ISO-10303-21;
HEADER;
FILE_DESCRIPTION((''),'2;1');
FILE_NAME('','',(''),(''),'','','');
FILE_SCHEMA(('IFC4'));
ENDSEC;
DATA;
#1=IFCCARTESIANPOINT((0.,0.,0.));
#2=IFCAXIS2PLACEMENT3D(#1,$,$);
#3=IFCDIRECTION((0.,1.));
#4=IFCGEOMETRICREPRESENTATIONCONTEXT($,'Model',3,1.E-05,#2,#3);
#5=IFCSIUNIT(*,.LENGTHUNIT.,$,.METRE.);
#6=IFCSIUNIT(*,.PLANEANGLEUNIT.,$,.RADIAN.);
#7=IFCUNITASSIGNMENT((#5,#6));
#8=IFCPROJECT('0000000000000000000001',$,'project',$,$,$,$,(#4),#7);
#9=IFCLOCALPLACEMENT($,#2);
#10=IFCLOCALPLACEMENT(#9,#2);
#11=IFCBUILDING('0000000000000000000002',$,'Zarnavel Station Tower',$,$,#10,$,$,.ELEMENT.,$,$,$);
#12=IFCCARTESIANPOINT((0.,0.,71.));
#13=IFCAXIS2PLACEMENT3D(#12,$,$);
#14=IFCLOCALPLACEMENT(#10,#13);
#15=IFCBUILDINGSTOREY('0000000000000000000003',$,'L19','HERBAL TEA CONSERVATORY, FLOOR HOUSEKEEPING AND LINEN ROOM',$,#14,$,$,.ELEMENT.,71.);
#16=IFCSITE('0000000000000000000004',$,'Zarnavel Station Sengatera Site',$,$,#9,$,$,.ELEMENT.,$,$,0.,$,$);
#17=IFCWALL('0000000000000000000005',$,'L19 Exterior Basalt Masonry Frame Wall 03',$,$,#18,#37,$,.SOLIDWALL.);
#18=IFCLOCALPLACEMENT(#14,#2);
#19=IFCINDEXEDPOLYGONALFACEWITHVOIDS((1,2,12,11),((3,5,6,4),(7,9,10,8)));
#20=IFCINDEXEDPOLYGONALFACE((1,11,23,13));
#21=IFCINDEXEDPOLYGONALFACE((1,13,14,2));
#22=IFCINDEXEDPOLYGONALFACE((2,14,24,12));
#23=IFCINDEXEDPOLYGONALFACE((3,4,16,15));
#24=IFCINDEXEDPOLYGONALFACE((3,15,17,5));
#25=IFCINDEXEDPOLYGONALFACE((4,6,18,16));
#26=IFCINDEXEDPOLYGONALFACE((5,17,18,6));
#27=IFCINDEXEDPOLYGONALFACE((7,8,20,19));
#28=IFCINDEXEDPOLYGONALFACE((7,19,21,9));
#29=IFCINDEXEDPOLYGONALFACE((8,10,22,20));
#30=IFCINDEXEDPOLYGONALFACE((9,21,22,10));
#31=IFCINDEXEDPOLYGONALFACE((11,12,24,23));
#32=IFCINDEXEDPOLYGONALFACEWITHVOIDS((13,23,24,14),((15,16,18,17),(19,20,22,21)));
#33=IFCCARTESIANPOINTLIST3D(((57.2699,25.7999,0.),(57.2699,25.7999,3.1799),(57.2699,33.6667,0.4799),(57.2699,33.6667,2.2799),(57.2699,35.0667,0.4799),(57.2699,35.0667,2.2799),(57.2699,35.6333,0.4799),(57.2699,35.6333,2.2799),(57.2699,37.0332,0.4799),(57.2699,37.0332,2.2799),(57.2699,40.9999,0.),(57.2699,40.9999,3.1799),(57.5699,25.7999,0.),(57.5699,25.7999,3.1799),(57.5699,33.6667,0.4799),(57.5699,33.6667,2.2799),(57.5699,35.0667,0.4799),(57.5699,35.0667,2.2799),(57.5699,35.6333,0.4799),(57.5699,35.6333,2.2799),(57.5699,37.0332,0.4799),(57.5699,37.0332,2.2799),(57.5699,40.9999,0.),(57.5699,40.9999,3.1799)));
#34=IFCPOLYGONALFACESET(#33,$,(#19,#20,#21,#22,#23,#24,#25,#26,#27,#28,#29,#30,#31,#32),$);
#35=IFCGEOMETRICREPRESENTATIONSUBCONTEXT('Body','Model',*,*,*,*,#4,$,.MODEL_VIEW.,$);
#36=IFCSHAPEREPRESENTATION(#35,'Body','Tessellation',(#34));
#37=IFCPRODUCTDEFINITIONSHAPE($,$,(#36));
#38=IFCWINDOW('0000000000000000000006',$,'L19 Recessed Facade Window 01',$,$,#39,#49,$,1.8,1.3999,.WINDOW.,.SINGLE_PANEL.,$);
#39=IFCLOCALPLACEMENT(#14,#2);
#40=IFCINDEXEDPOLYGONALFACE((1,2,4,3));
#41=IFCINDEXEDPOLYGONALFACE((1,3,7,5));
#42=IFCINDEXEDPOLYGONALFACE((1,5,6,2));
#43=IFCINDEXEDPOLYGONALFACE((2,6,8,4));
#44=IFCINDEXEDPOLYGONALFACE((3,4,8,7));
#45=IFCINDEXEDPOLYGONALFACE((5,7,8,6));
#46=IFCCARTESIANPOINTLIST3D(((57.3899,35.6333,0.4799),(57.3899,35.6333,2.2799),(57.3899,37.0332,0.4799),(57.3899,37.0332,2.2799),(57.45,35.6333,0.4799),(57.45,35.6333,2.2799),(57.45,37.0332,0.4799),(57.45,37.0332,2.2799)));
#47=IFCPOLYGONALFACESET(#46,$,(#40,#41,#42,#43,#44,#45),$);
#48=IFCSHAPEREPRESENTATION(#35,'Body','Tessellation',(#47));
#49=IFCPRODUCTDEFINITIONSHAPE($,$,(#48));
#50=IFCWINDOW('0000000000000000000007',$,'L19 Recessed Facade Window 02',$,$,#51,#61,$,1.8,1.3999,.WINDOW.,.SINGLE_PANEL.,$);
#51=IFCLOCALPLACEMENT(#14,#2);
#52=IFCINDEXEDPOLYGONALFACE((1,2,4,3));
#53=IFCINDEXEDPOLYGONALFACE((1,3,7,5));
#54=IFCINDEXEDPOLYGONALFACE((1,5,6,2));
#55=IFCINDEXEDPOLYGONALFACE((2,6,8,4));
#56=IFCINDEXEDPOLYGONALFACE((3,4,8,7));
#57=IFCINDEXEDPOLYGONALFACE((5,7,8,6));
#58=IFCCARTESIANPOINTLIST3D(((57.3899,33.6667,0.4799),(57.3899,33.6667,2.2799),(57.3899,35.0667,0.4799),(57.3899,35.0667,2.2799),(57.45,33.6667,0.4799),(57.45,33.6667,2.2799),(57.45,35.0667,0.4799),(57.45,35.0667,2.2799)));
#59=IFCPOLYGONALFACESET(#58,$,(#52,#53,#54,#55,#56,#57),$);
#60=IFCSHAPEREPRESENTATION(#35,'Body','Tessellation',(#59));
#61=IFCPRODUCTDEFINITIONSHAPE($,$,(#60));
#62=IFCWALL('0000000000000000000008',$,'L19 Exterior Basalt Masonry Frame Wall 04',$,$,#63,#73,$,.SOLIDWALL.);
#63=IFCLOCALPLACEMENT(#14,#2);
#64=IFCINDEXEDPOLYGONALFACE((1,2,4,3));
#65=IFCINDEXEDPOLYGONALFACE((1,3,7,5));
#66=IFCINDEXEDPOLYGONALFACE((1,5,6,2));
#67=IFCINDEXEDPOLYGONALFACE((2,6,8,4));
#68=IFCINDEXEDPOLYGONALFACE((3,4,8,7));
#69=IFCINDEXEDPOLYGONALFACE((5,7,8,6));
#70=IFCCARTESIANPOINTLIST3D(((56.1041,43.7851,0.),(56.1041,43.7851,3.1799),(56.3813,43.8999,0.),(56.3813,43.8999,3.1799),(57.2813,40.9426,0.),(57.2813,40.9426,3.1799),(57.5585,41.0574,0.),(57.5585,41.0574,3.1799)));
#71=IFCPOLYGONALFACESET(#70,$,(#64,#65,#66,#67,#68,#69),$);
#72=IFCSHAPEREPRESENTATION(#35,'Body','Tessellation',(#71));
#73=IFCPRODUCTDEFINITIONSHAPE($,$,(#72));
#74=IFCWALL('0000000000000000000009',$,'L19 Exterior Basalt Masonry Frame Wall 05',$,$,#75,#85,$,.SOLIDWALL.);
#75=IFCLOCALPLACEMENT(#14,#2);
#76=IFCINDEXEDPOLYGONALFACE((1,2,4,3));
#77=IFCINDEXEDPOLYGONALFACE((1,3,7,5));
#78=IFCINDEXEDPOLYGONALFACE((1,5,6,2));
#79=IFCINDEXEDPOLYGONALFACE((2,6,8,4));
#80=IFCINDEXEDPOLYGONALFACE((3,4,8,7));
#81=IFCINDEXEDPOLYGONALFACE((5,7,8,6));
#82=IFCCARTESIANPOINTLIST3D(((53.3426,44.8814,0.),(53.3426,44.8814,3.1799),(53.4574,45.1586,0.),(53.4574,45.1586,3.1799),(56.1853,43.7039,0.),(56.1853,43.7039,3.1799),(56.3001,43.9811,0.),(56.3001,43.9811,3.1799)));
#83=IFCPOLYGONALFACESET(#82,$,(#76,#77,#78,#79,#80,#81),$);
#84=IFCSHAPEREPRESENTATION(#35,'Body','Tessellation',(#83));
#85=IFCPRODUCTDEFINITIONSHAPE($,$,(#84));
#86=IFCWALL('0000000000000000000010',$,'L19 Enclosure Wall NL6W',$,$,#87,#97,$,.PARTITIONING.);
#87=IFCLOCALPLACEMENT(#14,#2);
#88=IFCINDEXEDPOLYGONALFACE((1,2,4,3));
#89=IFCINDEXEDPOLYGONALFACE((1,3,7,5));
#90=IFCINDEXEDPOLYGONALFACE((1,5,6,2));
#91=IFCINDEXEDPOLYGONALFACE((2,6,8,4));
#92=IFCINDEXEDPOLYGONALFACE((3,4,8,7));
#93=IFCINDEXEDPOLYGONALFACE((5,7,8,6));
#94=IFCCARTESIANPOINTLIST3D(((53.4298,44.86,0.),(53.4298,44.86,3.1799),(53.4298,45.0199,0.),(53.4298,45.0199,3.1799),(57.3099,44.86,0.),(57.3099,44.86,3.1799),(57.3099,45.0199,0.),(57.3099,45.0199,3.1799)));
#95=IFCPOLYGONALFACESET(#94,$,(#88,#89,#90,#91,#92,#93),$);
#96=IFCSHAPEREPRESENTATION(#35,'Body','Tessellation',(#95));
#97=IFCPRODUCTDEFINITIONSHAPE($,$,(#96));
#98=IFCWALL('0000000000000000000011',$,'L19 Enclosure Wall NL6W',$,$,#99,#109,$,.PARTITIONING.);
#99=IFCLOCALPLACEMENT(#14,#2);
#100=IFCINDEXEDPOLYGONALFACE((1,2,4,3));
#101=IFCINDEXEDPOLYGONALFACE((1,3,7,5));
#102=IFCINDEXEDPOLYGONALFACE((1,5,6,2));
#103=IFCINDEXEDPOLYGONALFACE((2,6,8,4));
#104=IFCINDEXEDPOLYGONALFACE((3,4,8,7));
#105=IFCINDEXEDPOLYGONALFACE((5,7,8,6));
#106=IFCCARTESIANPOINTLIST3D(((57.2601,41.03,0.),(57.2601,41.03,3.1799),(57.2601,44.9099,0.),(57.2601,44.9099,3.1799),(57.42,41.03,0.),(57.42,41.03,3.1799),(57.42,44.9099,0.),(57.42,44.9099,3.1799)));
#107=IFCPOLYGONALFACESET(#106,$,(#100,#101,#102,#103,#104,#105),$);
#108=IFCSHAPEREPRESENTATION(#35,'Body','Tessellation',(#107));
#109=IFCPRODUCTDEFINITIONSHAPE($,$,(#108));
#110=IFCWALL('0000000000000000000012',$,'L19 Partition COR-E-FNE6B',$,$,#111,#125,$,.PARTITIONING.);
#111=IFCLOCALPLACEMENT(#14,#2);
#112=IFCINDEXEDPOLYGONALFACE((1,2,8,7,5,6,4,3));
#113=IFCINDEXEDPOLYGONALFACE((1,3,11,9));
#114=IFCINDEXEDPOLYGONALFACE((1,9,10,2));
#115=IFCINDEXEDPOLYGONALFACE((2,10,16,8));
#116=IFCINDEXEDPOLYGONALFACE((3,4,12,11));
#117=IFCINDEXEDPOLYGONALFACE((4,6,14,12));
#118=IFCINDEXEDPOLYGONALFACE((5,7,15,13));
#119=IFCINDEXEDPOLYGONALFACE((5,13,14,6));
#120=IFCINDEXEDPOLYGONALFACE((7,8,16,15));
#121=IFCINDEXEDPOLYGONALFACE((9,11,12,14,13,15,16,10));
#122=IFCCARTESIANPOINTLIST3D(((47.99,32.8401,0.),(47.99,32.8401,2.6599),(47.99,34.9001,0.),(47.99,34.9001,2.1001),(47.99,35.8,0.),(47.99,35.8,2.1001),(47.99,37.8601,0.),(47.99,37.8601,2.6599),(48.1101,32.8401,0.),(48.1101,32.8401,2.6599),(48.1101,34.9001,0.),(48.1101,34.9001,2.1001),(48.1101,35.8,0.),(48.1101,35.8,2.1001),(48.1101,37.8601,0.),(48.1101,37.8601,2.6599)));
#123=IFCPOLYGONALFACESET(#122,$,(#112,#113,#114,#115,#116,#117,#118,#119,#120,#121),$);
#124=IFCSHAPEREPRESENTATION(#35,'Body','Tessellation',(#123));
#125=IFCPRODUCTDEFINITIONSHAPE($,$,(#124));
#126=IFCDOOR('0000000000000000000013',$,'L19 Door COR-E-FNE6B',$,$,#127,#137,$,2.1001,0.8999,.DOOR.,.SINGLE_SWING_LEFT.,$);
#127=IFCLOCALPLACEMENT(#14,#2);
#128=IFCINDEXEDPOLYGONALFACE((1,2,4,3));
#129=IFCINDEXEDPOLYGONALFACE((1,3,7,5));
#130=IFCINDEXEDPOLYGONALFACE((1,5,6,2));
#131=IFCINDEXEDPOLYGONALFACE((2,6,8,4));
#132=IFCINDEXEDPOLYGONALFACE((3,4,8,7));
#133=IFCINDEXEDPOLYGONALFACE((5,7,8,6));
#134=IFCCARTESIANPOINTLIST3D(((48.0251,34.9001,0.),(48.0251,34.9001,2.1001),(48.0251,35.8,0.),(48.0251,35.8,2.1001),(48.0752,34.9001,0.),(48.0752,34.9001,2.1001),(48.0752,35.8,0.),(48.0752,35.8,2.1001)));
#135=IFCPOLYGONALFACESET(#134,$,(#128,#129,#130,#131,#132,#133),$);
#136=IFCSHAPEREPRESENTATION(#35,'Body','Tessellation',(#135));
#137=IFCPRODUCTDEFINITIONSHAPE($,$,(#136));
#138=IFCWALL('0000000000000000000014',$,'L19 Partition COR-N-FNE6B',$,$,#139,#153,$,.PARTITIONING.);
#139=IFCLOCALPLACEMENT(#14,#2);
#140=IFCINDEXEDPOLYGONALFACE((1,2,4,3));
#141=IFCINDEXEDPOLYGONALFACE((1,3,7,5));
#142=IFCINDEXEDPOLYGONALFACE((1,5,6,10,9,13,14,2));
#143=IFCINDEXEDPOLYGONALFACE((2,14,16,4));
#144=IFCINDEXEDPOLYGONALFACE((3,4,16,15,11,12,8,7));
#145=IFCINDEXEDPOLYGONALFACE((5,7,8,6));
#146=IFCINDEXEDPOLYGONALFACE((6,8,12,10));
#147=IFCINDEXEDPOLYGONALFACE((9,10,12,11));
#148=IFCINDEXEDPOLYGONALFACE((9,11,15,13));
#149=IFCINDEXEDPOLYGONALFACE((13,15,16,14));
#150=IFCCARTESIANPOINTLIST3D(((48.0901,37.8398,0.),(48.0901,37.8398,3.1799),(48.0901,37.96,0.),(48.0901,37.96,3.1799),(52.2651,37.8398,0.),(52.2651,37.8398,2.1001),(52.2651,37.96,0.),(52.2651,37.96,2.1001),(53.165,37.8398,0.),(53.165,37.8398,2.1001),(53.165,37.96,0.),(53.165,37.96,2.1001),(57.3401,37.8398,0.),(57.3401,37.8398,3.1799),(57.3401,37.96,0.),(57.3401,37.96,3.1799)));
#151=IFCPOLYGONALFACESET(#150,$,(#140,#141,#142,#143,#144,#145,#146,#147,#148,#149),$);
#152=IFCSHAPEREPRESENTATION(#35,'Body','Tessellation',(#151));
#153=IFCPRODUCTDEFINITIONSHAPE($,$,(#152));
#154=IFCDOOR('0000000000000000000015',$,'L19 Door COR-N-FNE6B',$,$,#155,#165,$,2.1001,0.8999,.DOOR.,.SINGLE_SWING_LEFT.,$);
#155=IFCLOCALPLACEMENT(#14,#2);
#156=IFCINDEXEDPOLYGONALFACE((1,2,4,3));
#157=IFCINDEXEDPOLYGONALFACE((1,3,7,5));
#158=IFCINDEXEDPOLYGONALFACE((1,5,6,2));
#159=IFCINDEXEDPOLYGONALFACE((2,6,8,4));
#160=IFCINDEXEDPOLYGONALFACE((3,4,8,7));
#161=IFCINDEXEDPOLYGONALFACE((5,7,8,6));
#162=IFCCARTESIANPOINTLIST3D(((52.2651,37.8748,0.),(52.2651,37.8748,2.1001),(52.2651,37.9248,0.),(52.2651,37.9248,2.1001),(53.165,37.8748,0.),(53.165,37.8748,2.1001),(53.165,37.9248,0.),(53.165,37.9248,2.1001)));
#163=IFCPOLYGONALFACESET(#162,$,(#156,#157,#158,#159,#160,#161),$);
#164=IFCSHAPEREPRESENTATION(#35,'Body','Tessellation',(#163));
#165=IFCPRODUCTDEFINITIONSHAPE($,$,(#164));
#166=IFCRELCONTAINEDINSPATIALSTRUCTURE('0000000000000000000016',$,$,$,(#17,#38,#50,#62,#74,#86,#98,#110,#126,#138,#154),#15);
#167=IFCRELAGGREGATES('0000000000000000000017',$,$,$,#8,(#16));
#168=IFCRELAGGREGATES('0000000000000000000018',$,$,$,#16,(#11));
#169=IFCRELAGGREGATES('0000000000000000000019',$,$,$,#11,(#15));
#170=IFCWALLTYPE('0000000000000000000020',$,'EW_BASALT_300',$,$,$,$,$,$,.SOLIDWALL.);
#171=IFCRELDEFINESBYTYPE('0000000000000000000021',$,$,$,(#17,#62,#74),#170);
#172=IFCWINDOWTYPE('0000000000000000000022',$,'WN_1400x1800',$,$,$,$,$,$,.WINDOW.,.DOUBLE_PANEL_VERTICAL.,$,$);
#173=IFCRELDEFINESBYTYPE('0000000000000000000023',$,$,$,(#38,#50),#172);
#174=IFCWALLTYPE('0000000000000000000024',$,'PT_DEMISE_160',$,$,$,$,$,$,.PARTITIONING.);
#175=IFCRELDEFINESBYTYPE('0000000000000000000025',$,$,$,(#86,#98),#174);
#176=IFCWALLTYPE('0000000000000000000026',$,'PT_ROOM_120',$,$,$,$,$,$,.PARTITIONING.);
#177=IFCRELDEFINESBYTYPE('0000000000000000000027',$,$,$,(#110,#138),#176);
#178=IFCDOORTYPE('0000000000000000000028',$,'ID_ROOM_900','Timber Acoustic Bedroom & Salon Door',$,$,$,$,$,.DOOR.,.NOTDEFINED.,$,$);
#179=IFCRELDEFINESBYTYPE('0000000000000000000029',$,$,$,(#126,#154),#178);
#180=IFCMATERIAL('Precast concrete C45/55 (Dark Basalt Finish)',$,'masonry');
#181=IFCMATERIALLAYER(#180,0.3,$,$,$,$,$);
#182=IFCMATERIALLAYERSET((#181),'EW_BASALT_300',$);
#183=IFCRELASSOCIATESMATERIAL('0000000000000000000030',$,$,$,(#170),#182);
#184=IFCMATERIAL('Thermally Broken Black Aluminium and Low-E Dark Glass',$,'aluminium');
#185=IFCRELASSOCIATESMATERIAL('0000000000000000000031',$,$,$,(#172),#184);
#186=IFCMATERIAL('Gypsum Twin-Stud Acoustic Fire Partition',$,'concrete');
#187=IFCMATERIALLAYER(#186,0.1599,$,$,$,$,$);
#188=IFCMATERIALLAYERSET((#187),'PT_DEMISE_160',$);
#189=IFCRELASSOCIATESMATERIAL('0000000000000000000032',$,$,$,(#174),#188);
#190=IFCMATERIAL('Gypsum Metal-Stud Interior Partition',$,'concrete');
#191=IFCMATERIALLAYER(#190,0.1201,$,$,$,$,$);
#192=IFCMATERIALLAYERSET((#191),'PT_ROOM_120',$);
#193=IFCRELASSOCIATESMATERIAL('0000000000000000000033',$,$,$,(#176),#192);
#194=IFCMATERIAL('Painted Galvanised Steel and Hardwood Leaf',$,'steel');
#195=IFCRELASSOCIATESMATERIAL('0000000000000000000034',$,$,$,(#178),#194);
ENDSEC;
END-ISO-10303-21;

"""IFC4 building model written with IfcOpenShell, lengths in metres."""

from ifc_helpers import new_model, si_unit, direction, frame, frame_2d, origin, place, context, subcontext, project, spatial, rectangle, extrude, material, layer, layer_set, type_object, element, fill, save


model = new_model("IFC4")

# Units and contexts
model_context = context("Model", 3, precision=1e-05, world=origin(), true_north=direction((0.0, 1.0)))
body_context = subcontext(model_context, "Body", "Model", "MODEL_VIEW")
ifc_project = project(units=[si_unit("LENGTHUNIT", "METRE"), si_unit("PLANEANGLEUNIT", "RADIAN")], contexts=[model_context])

# Site, building, storey
site_placement = place(None, origin())
site = spatial("IfcSite", under=ifc_project, at=site_placement, Name="Zarnavel Station Sengatera Site", CompositionType="ELEMENT", RefElevation=0.0)
building_placement = place(site_placement, origin())
building = spatial("IfcBuilding", under=site, at=building_placement, Name="Zarnavel Station Tower", CompositionType="ELEMENT")
storey_placement = place(building_placement, frame((0.0, 0.0, 71.0)))
storey = spatial("IfcBuildingStorey", under=building, at=storey_placement, Name="L19", Description="HERBAL TEA CONSERVATORY, FLOOR HOUSEKEEPING AND LINEN ROOM", CompositionType="ELEMENT", Elevation=71.0)

# Wall, openings, windows
ifc_material_1 = material(Name="Precast concrete C45/55 (Dark Basalt Finish)", Category="masonry")
ifc_layer_1 = layer(ifc_material_1, 0.3)
ifc_layer_set_1 = layer_set([ifc_layer_1], Name="EW_BASALT_300")
wall_type_1 = type_object("IfcWallType", Name="EW_BASALT_300", PredefinedType="SOLIDWALL", material=ifc_layer_set_1)
wall_1_placement = place(storey_placement, frame((57.4199, 41.0, 0.0), z_axis=(0.0, 0.0, 1.0), x_axis=(0.0, -1.0, 0.0)))
wall_1 = element("IfcWall", 1, at=wall_1_placement, inside=storey, type_object=wall_type_1, Name="L19 Exterior Basalt Masonry Frame Wall 03", PredefinedType="SOLIDWALL", context=body_context, shape_type="SweptSolid", body=[
    extrude(rectangle(XDim=15.2, YDim=0.3, at=frame_2d((7.6001, 0.0))), origin(), (0.0, 0.0, 1.0), 3.1799),
])
opening_1_placement = place(wall_1_placement, frame((3.9668, 0.0, 0.48)))
opening_1 = element("IfcOpeningElement", 2, at=opening_1_placement, cuts=wall_1, PredefinedType="OPENING", context=body_context, shape_type="SweptSolid", body=[
    extrude(rectangle(XDim=1.3999, YDim=1.8, at=frame_2d((0.7, 0.8999))), frame((0.0, 0.1599, 0.0), z_axis=(0.0, -1.0, 0.0), x_axis=(1.0, 0.0, 0.0)), (0.0, 0.0, 1.0), 0.3201),
])
opening_2_placement = place(wall_1_placement, frame((5.9333, 0.0, 0.48)))
opening_2 = element("IfcOpeningElement", 3, at=opening_2_placement, cuts=wall_1, PredefinedType="OPENING", context=body_context, shape_type="SweptSolid", body=[
    extrude(rectangle(XDim=1.3999, YDim=1.8, at=frame_2d((0.7, 0.8999))), frame((0.0, 0.1599, 0.0), z_axis=(0.0, -1.0, 0.0), x_axis=(1.0, 0.0, 0.0)), (0.0, 0.0, 1.0), 0.3201),
])
ifc_material_2 = material(Name="Thermally Broken Black Aluminium and Low-E Dark Glass", Category="aluminium")
window_type = type_object("IfcWindowType", Name="WN_1400x1800", PartitioningType="DOUBLE_PANEL_VERTICAL", PredefinedType="WINDOW", material=ifc_material_2)
window_1_placement = place(opening_1_placement, origin())
window_1 = element("IfcWindow", 4, at=window_1_placement, inside=storey, type_object=window_type, Name="L19 Recessed Facade Window 01", OverallHeight=1.8, OverallWidth=1.3999, PartitioningType="SINGLE_PANEL", PredefinedType="WINDOW", context=body_context, shape_type="SweptSolid", body=[
    extrude(rectangle(XDim=1.3999, YDim=1.8, at=frame_2d((0.7, 0.8999))), frame((0.0, 0.03, 0.0), z_axis=(0.0, -1.0, 0.0), x_axis=(1.0, 0.0, 0.0)), (0.0, 0.0, 1.0), 0.0601),
])
fill(opening_1, window_1)
window_2_placement = place(opening_2_placement, origin())
window_2 = element("IfcWindow", 5, at=window_2_placement, inside=storey, type_object=window_type, Name="L19 Recessed Facade Window 02", OverallHeight=1.8, OverallWidth=1.3999, PartitioningType="SINGLE_PANEL", PredefinedType="WINDOW", context=body_context, shape_type="SweptSolid", body=[
    extrude(rectangle(XDim=1.3999, YDim=1.8, at=frame_2d((0.7, 0.8999))), frame((0.0, 0.03, 0.0), z_axis=(0.0, -1.0, 0.0), x_axis=(1.0, 0.0, 0.0)), (0.0, 0.0, 1.0), 0.0601),
])
fill(opening_2, window_2)

# Walls
wall_2_placement = place(storey_placement, frame((56.2427, 43.8425, 0.0), z_axis=(0.0, 0.0, 1.0), x_axis=(0.382637, -0.923899, 0.0)))
element("IfcWall", 6, at=wall_2_placement, inside=storey, type_object=wall_type_1, Name="L19 Exterior Basalt Masonry Frame Wall 04", PredefinedType="SOLIDWALL", context=body_context, shape_type="SweptSolid", body=[
    extrude(rectangle(XDim=3.0767, YDim=0.3, at=frame_2d((1.5383, 0.0))), origin(), (0.0, 0.0, 1.0), 3.1799),
])
wall_3_placement = place(storey_placement, frame((53.3999, 45.02, 0.0), z_axis=(0.0, 0.0, 1.0), x_axis=(0.923882, -0.382676, 0.0)))
element("IfcWall", 7, at=wall_3_placement, inside=storey, type_object=wall_type_1, Name="L19 Exterior Basalt Masonry Frame Wall 05", PredefinedType="SOLIDWALL", context=body_context, shape_type="SweptSolid", body=[
    extrude(rectangle(XDim=3.0769, YDim=0.3, at=frame_2d((1.5386, 0.0))), origin(), (0.0, 0.0, 1.0), 3.1799),
])
ifc_material_3 = material(Name="Gypsum Twin-Stud Acoustic Fire Partition", Category="concrete")
ifc_layer_2 = layer(ifc_material_3, 0.1599)
ifc_layer_set_2 = layer_set([ifc_layer_2], Name="PT_DEMISE_160")
wall_type_2 = type_object("IfcWallType", Name="PT_DEMISE_160", PredefinedType="PARTITIONING", material=ifc_layer_set_2)
wall_4_placement = place(storey_placement, frame((53.4299, 44.9399, 0.0), z_axis=(0.0, 0.0, 1.0), x_axis=(1.0, 0.0, 0.0)))
element("IfcWall", 8, at=wall_4_placement, inside=storey, type_object=wall_type_2, Name="L19 Enclosure Wall NL6W", PredefinedType="PARTITIONING", context=body_context, shape_type="SweptSolid", body=[
    extrude(rectangle(XDim=3.8801, YDim=0.1599, at=frame_2d((1.9399, 0.0))), origin(), (0.0, 0.0, 1.0), 3.1799),
])
wall_5_placement = place(storey_placement, frame((57.3401, 41.03, 0.0), z_axis=(0.0, 0.0, 1.0), x_axis=(0.0, 1.0, 0.0)))
element("IfcWall", 9, at=wall_5_placement, inside=storey, type_object=wall_type_2, Name="L19 Enclosure Wall NL6W", PredefinedType="PARTITIONING", context=body_context, shape_type="SweptSolid", body=[
    extrude(rectangle(XDim=3.8799, YDim=0.1599, at=frame_2d((1.9399, 0.0))), origin(), (0.0, 0.0, 1.0), 3.1799),
])

# Walls, openings, doors
ifc_material_4 = material(Name="Gypsum Metal-Stud Interior Partition", Category="concrete")
ifc_layer_3 = layer(ifc_material_4, 0.1201)
ifc_layer_set_3 = layer_set([ifc_layer_3], Name="PT_ROOM_120")
wall_type_3 = type_object("IfcWallType", Name="PT_ROOM_120", PredefinedType="PARTITIONING", material=ifc_layer_set_3)
wall_6_placement = place(storey_placement, frame((48.05, 32.8401, 0.0), z_axis=(0.0, 0.0, 1.0), x_axis=(0.0, 1.0, 0.0)))
wall_6 = element("IfcWall", 10, at=wall_6_placement, inside=storey, type_object=wall_type_3, Name="L19 Partition COR-E-FNE6B", PredefinedType="PARTITIONING", context=body_context, shape_type="SweptSolid", body=[
    extrude(rectangle(XDim=5.02, YDim=0.1201, at=frame_2d((2.51, 0.0))), origin(), (0.0, 0.0, 1.0), 2.6599),
])
opening_3_placement = place(wall_6_placement, frame((2.0601, 0.0, 0.0)))
opening_3 = element("IfcOpeningElement", 11, at=opening_3_placement, cuts=wall_6, PredefinedType="OPENING", context=body_context, shape_type="SweptSolid", body=[
    extrude(rectangle(XDim=0.8999, YDim=2.1001, at=frame_2d((0.45, 1.05))), frame((0.0, 0.0701, 0.0), z_axis=(0.0, -1.0, 0.0), x_axis=(1.0, 0.0, 0.0)), (0.0, 0.0, 1.0), 0.1401),
])
ifc_material_5 = material(Name="Painted Galvanised Steel and Hardwood Leaf", Category="steel")
door_type_1 = type_object("IfcDoorType", Name="ID_ROOM_900", Description="Timber Acoustic Bedroom & Salon Door", OperationType="NOTDEFINED", PredefinedType="DOOR", material=ifc_material_5)
door_1_placement = place(opening_3_placement, origin())
door_1 = element("IfcDoor", 12, at=door_1_placement, inside=storey, type_object=door_type_1, Name="L19 Door COR-E-FNE6B", OperationType="SINGLE_SWING_LEFT", OverallHeight=2.1001, OverallWidth=0.8999, PredefinedType="DOOR", context=body_context, shape_type="SweptSolid", body=[
    extrude(rectangle(XDim=0.8999, YDim=2.1001, at=frame_2d((0.45, 1.05))), frame((0.0, 0.0249, 0.0), z_axis=(0.0, -1.0, 0.0), x_axis=(1.0, 0.0, 0.0)), (0.0, 0.0, 1.0), 0.05),
])
fill(opening_3, door_1)
wall_7_placement = place(storey_placement, frame((48.0901, 37.8999, 0.0), z_axis=(0.0, 0.0, 1.0), x_axis=(1.0, 0.0, 0.0)))
wall_7 = element("IfcWall", 13, at=wall_7_placement, inside=storey, type_object=wall_type_3, Name="L19 Partition COR-N-FNE6B", PredefinedType="PARTITIONING", context=body_context, shape_type="SweptSolid", body=[
    extrude(rectangle(XDim=9.25, YDim=0.1201, at=frame_2d((4.625, 0.0))), origin(), (0.0, 0.0, 1.0), 3.1799),
])
opening_4_placement = place(wall_7_placement, frame((4.175, 0.0, 0.0)))
opening_4 = element("IfcOpeningElement", 14, at=opening_4_placement, cuts=wall_7, PredefinedType="OPENING", context=body_context, shape_type="SweptSolid", body=[
    extrude(rectangle(XDim=0.8999, YDim=2.1001, at=frame_2d((0.45, 1.05))), frame((0.0, 0.0701, 0.0), z_axis=(0.0, -1.0, 0.0), x_axis=(1.0, 0.0, 0.0)), (0.0, 0.0, 1.0), 0.1401),
])
door_2_placement = place(opening_4_placement, origin())
door_2 = element("IfcDoor", 15, at=door_2_placement, inside=storey, type_object=door_type_1, Name="L19 Door COR-N-FNE6B", OperationType="SINGLE_SWING_LEFT", OverallHeight=2.1001, OverallWidth=0.8999, PredefinedType="DOOR", context=body_context, shape_type="SweptSolid", body=[
    extrude(rectangle(XDim=0.8999, YDim=2.1001, at=frame_2d((0.45, 1.05))), frame((0.0, 0.0249, 0.0), z_axis=(0.0, -1.0, 0.0), x_axis=(1.0, 0.0, 0.0)), (0.0, 0.0, 1.0), 0.05),
])
fill(opening_4, door_2)

save(model, "model.ifc")
